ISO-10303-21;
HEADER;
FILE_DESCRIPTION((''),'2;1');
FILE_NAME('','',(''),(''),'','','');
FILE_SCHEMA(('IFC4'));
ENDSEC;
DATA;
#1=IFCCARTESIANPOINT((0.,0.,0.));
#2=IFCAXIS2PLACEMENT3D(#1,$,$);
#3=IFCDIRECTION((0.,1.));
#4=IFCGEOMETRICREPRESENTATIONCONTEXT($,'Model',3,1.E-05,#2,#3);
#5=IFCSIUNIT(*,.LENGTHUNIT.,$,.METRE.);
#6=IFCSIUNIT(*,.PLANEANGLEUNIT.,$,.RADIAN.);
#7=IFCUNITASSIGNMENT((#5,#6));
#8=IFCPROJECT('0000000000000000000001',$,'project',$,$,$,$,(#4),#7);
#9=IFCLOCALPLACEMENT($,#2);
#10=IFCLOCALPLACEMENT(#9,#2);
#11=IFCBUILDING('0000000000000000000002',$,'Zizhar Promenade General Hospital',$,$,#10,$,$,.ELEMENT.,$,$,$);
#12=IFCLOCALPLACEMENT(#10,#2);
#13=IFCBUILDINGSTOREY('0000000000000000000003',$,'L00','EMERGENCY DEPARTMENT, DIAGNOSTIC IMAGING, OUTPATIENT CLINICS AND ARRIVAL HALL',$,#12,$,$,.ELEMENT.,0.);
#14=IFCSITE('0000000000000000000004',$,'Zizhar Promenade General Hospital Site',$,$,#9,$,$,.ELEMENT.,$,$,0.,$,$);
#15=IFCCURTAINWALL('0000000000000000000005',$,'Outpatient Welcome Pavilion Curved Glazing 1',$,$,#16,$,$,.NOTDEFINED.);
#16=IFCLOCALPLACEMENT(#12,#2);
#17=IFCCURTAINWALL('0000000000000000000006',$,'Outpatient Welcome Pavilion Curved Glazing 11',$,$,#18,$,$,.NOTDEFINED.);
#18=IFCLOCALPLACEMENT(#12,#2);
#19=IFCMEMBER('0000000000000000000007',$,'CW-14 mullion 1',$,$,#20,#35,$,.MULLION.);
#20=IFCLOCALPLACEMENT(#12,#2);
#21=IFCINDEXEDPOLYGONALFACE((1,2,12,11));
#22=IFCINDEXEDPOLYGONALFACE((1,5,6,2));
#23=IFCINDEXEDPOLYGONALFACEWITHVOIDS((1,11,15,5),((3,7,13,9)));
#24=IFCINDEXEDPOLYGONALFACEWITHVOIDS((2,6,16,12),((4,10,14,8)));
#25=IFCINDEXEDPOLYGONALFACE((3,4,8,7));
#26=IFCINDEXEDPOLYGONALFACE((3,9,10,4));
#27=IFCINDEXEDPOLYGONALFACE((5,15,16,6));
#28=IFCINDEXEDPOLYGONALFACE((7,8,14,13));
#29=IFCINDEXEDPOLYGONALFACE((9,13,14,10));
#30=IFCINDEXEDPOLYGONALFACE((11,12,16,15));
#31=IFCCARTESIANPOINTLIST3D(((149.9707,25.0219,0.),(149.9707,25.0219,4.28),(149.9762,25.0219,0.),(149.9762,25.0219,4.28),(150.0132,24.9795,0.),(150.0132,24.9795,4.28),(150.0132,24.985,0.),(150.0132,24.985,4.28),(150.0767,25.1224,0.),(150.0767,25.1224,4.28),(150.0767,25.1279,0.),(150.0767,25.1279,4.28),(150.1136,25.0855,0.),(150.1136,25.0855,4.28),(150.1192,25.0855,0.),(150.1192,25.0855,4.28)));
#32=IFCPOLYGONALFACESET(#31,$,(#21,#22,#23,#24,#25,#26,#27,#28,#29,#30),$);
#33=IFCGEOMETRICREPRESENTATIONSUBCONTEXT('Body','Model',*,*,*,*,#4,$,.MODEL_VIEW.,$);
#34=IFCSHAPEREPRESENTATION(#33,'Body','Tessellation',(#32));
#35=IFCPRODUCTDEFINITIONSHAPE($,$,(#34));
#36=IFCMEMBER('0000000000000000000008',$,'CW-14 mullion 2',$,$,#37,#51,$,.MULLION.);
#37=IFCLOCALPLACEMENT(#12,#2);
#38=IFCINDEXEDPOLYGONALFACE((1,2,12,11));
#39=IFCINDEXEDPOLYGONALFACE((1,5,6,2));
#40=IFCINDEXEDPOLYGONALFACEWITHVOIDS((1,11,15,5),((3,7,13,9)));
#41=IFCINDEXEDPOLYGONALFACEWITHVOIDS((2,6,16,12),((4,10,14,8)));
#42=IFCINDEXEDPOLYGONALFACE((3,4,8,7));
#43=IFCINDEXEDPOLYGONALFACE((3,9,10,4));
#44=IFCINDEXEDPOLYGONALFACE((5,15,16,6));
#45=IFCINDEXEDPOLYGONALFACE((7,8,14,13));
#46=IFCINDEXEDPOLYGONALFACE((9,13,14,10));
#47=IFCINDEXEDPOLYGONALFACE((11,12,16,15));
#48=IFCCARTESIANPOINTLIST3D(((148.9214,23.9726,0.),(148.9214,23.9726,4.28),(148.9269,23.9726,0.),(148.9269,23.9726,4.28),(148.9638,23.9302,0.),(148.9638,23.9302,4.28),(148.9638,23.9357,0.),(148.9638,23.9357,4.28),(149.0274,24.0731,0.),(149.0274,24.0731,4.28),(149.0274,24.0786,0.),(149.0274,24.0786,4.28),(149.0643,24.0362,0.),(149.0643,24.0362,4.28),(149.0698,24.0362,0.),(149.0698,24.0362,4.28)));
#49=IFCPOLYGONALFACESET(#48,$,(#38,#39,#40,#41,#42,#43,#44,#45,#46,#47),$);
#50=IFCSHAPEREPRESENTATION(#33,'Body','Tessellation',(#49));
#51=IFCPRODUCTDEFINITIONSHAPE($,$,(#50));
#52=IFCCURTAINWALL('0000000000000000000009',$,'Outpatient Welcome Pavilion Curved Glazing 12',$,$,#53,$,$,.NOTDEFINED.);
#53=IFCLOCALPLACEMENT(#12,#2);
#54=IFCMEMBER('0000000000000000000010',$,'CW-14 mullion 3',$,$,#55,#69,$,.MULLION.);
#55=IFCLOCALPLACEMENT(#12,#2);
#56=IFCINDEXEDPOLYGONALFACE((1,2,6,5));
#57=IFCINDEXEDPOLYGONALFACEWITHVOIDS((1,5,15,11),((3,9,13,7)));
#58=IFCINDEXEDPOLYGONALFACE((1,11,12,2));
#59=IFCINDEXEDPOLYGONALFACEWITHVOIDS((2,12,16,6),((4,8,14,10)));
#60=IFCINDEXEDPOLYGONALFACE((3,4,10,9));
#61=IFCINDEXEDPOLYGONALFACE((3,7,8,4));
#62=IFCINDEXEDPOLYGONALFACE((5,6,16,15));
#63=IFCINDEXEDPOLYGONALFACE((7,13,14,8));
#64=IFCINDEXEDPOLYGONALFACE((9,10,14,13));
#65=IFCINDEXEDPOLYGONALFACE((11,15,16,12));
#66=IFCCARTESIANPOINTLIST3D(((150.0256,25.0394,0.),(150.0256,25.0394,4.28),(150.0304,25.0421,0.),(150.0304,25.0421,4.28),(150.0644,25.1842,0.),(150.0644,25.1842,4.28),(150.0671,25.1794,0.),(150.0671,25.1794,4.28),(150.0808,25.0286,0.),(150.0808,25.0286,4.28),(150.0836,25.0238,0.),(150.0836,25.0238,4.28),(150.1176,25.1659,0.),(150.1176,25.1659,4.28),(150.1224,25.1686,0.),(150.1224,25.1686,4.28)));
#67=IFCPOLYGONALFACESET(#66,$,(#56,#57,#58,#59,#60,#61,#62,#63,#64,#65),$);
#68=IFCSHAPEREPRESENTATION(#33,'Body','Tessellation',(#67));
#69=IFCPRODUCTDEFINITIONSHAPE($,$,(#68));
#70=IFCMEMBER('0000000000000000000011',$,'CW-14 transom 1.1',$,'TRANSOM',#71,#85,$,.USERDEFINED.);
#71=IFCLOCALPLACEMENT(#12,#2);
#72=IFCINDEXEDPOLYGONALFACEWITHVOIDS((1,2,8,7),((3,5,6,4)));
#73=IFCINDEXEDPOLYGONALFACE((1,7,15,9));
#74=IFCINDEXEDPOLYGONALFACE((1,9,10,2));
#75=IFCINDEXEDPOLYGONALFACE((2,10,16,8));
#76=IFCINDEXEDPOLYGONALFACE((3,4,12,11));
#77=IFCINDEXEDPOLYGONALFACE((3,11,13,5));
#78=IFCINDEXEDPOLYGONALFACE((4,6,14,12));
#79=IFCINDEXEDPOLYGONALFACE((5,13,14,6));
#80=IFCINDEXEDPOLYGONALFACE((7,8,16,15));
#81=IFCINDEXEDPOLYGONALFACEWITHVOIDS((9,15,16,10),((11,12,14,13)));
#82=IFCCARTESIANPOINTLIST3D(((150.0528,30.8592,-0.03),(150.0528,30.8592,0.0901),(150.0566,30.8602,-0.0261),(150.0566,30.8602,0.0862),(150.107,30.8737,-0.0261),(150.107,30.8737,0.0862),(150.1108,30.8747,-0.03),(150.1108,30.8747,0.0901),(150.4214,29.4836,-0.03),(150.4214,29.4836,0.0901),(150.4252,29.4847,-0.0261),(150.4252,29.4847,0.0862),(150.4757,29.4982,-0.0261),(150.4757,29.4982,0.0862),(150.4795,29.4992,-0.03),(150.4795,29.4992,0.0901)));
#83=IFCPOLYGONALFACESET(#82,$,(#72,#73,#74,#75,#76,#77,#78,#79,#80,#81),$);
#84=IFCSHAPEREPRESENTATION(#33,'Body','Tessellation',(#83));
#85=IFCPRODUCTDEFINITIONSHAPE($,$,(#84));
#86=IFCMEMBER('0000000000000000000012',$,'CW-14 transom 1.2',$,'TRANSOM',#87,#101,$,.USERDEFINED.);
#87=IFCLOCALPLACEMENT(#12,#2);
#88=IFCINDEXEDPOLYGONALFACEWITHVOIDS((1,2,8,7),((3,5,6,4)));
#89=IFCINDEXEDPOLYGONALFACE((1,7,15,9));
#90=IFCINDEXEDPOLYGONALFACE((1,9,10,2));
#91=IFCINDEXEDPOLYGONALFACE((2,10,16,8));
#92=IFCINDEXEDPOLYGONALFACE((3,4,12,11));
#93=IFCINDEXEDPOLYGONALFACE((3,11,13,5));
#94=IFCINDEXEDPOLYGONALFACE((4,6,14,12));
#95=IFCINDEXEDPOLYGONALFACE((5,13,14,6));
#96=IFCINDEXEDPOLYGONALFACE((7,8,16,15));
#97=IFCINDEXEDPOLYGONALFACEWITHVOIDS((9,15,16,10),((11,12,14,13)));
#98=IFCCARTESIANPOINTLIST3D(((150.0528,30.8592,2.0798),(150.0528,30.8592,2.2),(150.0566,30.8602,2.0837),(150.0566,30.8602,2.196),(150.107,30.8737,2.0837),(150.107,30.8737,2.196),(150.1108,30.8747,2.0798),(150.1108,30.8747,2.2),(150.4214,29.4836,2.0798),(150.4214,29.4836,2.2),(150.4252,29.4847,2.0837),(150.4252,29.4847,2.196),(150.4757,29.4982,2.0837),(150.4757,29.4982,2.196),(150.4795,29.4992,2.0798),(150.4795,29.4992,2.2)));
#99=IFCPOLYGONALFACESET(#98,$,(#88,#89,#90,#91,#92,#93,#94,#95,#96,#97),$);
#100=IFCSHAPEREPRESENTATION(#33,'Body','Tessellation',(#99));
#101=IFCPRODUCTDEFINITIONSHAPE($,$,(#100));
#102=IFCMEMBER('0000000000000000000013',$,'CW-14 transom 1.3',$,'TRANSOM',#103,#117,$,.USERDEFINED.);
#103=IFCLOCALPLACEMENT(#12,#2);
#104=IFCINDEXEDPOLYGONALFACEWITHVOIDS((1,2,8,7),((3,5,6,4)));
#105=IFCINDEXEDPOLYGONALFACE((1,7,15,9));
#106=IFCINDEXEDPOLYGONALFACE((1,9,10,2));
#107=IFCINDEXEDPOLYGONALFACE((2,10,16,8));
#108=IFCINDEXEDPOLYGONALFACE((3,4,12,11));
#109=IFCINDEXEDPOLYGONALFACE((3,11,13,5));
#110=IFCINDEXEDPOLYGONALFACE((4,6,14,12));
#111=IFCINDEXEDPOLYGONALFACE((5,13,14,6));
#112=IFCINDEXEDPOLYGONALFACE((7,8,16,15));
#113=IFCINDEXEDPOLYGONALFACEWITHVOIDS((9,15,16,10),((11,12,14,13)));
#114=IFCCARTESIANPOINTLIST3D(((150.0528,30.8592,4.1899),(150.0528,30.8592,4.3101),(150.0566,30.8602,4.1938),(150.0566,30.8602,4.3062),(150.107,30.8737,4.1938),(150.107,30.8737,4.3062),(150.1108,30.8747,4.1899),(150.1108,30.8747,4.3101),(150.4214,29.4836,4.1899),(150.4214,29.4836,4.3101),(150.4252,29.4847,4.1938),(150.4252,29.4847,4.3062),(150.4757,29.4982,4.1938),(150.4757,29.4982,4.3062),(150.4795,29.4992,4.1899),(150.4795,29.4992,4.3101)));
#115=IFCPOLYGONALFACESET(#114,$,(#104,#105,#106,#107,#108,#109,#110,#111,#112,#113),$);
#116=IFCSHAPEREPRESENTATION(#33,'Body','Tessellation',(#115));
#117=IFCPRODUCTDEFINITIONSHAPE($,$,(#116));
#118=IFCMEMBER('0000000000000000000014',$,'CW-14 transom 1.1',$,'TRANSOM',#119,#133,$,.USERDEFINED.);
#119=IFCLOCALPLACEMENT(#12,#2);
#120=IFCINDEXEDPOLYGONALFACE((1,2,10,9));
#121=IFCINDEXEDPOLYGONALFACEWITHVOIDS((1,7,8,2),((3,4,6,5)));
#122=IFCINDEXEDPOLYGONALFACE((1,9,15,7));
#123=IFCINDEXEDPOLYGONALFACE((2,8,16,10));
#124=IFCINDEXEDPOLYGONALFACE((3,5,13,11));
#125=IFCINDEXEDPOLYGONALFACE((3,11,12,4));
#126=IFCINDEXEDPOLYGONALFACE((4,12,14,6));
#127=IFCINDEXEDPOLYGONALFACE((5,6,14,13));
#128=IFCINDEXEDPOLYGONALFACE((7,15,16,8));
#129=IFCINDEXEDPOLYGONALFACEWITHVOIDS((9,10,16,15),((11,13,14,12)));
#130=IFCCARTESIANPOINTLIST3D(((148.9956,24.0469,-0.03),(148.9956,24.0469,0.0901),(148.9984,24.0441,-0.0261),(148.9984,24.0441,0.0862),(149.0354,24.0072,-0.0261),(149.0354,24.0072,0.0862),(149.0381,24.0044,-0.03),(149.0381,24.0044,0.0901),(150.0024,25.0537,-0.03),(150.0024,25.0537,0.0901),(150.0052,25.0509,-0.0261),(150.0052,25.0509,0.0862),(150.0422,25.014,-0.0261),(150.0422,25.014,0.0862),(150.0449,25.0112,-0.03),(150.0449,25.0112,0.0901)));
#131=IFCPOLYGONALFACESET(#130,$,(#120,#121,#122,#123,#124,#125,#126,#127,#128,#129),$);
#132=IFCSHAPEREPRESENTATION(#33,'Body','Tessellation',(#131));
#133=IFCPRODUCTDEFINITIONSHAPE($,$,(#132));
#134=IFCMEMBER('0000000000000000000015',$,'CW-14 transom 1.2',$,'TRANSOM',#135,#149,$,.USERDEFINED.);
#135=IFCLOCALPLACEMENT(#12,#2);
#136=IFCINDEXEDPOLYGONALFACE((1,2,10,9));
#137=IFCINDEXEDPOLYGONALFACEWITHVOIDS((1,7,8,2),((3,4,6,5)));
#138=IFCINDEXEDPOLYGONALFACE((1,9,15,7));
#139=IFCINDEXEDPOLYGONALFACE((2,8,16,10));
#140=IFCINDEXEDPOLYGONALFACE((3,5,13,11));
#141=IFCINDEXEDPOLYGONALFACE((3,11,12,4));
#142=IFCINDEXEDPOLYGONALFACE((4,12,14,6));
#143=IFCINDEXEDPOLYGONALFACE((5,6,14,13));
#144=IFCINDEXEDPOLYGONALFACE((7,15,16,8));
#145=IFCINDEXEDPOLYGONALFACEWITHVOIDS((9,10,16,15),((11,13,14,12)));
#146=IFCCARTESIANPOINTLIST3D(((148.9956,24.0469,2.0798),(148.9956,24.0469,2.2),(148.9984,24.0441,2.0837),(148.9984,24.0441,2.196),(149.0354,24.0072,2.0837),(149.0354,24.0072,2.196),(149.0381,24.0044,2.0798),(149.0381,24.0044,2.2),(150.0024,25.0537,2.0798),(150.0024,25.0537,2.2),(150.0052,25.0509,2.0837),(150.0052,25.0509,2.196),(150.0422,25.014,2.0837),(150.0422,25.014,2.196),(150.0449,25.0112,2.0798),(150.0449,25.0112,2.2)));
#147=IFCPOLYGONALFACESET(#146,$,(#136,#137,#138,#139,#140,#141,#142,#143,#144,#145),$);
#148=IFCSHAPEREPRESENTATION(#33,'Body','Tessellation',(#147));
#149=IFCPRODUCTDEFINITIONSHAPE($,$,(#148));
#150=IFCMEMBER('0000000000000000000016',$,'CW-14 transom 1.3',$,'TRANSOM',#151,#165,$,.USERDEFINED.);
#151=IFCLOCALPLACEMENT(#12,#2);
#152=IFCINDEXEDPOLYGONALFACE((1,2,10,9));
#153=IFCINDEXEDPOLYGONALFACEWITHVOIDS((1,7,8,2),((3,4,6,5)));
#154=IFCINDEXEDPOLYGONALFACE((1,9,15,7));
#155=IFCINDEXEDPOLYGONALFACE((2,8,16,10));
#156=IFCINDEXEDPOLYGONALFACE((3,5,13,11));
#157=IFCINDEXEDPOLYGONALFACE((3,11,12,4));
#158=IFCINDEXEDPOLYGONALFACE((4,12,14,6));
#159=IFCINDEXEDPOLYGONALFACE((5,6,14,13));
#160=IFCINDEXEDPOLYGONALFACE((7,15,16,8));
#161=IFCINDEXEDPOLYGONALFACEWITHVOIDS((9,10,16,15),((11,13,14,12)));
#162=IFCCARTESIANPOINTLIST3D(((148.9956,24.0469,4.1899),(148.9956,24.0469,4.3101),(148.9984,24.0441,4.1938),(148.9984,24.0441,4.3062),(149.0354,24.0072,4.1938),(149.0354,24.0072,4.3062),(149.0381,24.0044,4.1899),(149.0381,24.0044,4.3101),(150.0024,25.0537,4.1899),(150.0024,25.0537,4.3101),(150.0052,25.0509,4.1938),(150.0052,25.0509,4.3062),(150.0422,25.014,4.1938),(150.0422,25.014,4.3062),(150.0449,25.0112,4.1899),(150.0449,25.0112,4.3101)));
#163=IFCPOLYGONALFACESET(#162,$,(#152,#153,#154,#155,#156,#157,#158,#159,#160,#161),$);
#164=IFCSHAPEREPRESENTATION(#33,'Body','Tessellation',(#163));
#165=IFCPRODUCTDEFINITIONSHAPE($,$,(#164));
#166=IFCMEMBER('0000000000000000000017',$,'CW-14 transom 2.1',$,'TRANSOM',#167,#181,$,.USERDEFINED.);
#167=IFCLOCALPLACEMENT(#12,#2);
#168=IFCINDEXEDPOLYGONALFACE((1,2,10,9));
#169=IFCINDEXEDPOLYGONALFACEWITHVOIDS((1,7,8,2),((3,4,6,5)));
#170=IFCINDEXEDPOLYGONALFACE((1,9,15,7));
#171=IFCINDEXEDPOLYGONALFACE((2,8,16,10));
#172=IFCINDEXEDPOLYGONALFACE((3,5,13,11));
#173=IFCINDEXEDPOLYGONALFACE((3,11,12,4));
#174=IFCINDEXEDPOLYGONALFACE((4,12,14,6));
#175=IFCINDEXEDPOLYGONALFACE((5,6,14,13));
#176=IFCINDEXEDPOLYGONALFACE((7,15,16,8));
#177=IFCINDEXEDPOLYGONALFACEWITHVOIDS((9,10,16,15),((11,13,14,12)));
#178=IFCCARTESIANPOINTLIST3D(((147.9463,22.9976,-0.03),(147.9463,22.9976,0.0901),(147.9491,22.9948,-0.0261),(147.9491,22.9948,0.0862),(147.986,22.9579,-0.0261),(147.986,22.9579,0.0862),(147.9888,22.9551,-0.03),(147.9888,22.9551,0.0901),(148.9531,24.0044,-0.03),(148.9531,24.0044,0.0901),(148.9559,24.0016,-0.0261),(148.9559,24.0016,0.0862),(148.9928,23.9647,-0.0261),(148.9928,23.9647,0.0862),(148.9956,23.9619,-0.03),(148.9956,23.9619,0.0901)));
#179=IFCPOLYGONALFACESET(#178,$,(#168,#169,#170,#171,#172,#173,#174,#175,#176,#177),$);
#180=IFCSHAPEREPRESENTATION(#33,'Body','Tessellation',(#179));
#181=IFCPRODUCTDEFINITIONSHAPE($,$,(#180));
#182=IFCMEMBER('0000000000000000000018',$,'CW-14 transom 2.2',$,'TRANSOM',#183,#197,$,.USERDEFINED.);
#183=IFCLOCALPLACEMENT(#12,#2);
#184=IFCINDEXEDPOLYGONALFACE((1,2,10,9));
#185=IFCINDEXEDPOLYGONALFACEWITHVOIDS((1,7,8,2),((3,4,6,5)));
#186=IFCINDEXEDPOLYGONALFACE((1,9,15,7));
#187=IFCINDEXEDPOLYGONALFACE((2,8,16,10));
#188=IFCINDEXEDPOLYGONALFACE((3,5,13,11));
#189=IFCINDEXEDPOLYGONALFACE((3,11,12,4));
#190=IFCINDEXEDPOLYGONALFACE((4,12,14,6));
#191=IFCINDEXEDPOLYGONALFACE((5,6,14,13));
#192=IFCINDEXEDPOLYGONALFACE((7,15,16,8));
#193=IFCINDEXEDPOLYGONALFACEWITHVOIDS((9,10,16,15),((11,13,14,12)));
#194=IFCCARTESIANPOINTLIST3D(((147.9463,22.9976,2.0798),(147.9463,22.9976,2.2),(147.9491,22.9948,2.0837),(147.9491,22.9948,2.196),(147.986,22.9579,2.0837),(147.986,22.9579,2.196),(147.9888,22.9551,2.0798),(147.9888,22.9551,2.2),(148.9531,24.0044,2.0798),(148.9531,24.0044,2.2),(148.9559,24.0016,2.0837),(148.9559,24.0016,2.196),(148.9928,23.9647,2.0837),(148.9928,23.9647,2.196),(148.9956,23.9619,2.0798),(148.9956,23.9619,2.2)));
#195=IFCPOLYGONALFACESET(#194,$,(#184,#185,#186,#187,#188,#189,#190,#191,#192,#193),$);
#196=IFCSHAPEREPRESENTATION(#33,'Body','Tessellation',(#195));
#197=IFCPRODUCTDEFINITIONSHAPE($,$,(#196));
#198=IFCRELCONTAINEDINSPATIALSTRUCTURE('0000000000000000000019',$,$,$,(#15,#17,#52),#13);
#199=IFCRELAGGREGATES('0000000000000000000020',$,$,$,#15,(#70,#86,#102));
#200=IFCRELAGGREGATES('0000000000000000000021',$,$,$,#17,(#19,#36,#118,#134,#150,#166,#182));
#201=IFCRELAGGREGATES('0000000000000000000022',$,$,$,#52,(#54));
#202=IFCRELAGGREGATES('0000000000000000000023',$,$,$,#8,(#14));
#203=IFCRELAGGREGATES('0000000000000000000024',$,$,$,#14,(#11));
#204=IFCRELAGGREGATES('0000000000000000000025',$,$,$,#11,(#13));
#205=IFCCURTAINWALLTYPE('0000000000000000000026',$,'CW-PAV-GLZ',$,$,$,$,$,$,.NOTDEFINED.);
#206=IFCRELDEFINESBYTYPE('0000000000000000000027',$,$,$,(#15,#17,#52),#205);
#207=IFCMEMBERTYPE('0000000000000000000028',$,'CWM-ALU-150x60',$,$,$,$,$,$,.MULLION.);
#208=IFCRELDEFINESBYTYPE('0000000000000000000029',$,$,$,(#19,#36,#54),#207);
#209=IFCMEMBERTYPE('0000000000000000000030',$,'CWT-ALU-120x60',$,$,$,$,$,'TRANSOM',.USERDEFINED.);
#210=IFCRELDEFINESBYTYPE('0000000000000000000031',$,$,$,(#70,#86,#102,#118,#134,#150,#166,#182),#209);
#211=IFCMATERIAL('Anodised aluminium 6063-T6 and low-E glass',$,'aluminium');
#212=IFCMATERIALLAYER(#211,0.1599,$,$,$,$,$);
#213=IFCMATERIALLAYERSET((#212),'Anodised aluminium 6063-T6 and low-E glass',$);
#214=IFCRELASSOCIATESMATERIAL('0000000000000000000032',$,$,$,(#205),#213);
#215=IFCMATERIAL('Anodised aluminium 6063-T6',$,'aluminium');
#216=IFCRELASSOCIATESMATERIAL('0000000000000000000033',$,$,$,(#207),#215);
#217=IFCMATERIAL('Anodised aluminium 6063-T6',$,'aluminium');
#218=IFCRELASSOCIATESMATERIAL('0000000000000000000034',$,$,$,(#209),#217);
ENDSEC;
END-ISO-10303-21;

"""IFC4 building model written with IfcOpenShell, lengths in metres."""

from ifc_helpers import new_model, si_unit, direction, frame, origin, origin_2d, place, context, subcontext, project, spatial, hollow_rectangle, extrude, material, layer, layer_set, material_profile, profile_set, type_object, element, aggregate, save


model = new_model("IFC4")

# Units and contexts
model_context = context("Model", 3, precision=1e-05, world=origin(), true_north=direction((0.0, 1.0)))
body_context = subcontext(model_context, "Body", "Model", "MODEL_VIEW")
ifc_project = project(units=[si_unit("LENGTHUNIT", "METRE"), si_unit("PLANEANGLEUNIT", "RADIAN")], contexts=[model_context])

# Site, building, storey
site_placement = place(None, origin())
site = spatial("IfcSite", under=ifc_project, at=site_placement, Name="Zizhar Promenade General Hospital Site", CompositionType="ELEMENT", RefElevation=0.0)
building_placement = place(site_placement, origin())
building = spatial("IfcBuilding", under=site, at=building_placement, Name="Zizhar Promenade General Hospital", CompositionType="ELEMENT")
storey_placement = place(building_placement, origin())
storey = spatial("IfcBuildingStorey", under=building, at=storey_placement, Name="L00", Description="EMERGENCY DEPARTMENT, DIAGNOSTIC IMAGING, OUTPATIENT CLINICS AND ARRIVAL HALL", CompositionType="ELEMENT", Elevation=0.0)

# Curtain wall
ifc_material_1 = material(Name="Anodised aluminium 6063-T6 and low-E glass", Category="aluminium")
ifc_layer_1 = layer(ifc_material_1, 0.1599)
ifc_layer_set_1 = layer_set([ifc_layer_1], Name="Anodised aluminium 6063-T6 and low-E glass")
curtain_wall_type = type_object("IfcCurtainWallType", Name="CW-PAV-GLZ", PredefinedType="NOTDEFINED", material=ifc_layer_set_1)
curtain_wall_1_placement = place(storey_placement, origin())
curtain_wall_1 = element("IfcCurtainWall", 1, at=curtain_wall_1_placement, inside=storey, type_object=curtain_wall_type, Name="Outpatient Welcome Pavilion Curved Glazing 1", PredefinedType="NOTDEFINED")
ifc_material_2 = material(Name="Anodised aluminium 6063-T6", Category="aluminium")
ifc_material_profile_1 = material_profile(ifc_material_2, hollow_rectangle(XDim=0.0601, YDim=0.1499, WallThickness=0.0039, at=origin_2d()))
ifc_profile_set_1 = profile_set([ifc_material_profile_1], Name="Anodised aluminium 6063-T6")
member_type_1 = type_object("IfcMemberType", Name="CWM-ALU-150x60", PredefinedType="MULLION", material=ifc_profile_set_1)

# Curtain wall, members
curtain_wall_2_placement = place(storey_placement, origin())
curtain_wall_2 = element("IfcCurtainWall", 2, at=curtain_wall_2_placement, inside=storey, type_object=curtain_wall_type, Name="Outpatient Welcome Pavilion Curved Glazing 11", PredefinedType="NOTDEFINED")
member_1_placement = place(storey_placement, frame((150.0449, 25.0537, 0.0), z_axis=(0.0, 0.0, 1.0), x_axis=(0.707107, -0.707107, 0.0)))
member_1 = element("IfcMember", 3, at=member_1_placement, type_object=member_type_1, Name="CW-14 mullion 1", PredefinedType="MULLION", context=body_context, shape_type="SweptSolid", body=[
    extrude(hollow_rectangle(XDim=0.0601, YDim=0.1499, WallThickness=0.0039, at=origin_2d()), origin(), (0.0, 0.0, 1.0), 4.28),
])
member_2_placement = place(storey_placement, frame((148.9956, 24.0044, 0.0), z_axis=(0.0, 0.0, 1.0), x_axis=(0.707107, -0.707107, 0.0)))
member_2 = element("IfcMember", 4, at=member_2_placement, type_object=member_type_1, Name="CW-14 mullion 2", PredefinedType="MULLION", context=body_context, shape_type="SweptSolid", body=[
    extrude(hollow_rectangle(XDim=0.0601, YDim=0.1499, WallThickness=0.0039, at=origin_2d()), origin(), (0.0, 0.0, 1.0), 4.28),
])

# Curtain wall, member
curtain_wall_3_placement = place(storey_placement, origin())
curtain_wall_3 = element("IfcCurtainWall", 5, at=curtain_wall_3_placement, inside=storey, type_object=curtain_wall_type, Name="Outpatient Welcome Pavilion Curved Glazing 12", PredefinedType="NOTDEFINED")
member_3_placement = place(storey_placement, frame((150.074, 25.104, 0.0), z_axis=(0.0, 0.0, 1.0), x_axis=(0.965922, -0.258834, 0.0)))
member_3 = element("IfcMember", 6, at=member_3_placement, type_object=member_type_1, Name="CW-14 mullion 3", PredefinedType="MULLION", context=body_context, shape_type="SweptSolid", body=[
    extrude(hollow_rectangle(XDim=0.0601, YDim=0.1499, WallThickness=0.0039, at=origin_2d()), origin(), (0.0, 0.0, 1.0), 4.28),
])

# Members
ifc_material_3 = material(Name="Anodised aluminium 6063-T6", Category="aluminium")
ifc_material_profile_2 = material_profile(ifc_material_3, hollow_rectangle(XDim=0.0601, YDim=0.1201, WallThickness=0.0039, at=origin_2d()))
ifc_profile_set_2 = profile_set([ifc_material_profile_2], Name="Anodised aluminium 6063-T6")
member_type_2 = type_object("IfcMemberType", Name="CWT-ALU-120x60", ElementType="TRANSOM", PredefinedType="USERDEFINED", material=ifc_profile_set_2)
member_4_placement = place(storey_placement, frame((150.0818, 30.8669, 0.03), z_axis=(0.258879, -0.96591, 0.0), x_axis=(0.96591, 0.258879, 0.0)))
member_4 = element("IfcMember", 7, at=member_4_placement, type_object=member_type_2, Name="CW-14 transom 1.1", ObjectType="TRANSOM", PredefinedType="USERDEFINED", context=body_context, shape_type="SweptSolid", body=[
    extrude(hollow_rectangle(XDim=0.0601, YDim=0.1201, WallThickness=0.0039, at=origin_2d()), origin(), (0.0, 0.0, 1.0), 1.4241),
])
member_5_placement = place(storey_placement, frame((150.0818, 30.8669, 2.1399), z_axis=(0.258879, -0.96591, 0.0), x_axis=(0.96591, 0.258879, 0.0)))
member_5 = element("IfcMember", 8, at=member_5_placement, type_object=member_type_2, Name="CW-14 transom 1.2", ObjectType="TRANSOM", PredefinedType="USERDEFINED", context=body_context, shape_type="SweptSolid", body=[
    extrude(hollow_rectangle(XDim=0.0601, YDim=0.1201, WallThickness=0.0039, at=origin_2d()), origin(), (0.0, 0.0, 1.0), 1.4241),
])
member_6_placement = place(storey_placement, frame((150.0818, 30.8669, 4.25), z_axis=(0.258879, -0.96591, 0.0), x_axis=(0.96591, 0.258879, 0.0)))
member_6 = element("IfcMember", 9, at=member_6_placement, type_object=member_type_2, Name="CW-14 transom 1.3", ObjectType="TRANSOM", PredefinedType="USERDEFINED", context=body_context, shape_type="SweptSolid", body=[
    extrude(hollow_rectangle(XDim=0.0601, YDim=0.1201, WallThickness=0.0039, at=origin_2d()), origin(), (0.0, 0.0, 1.0), 1.4241),
])
member_7_placement = place(storey_placement, frame((150.0237, 25.0325, 0.03), z_axis=(-0.707107, -0.707107, 0.0), x_axis=(0.707107, -0.707107, 0.0)))
member_7 = element("IfcMember", 10, at=member_7_placement, type_object=member_type_2, Name="CW-14 transom 1.1", ObjectType="TRANSOM", PredefinedType="USERDEFINED", context=body_context, shape_type="SweptSolid", body=[
    extrude(hollow_rectangle(XDim=0.0601, YDim=0.1201, WallThickness=0.0039, at=origin_2d()), origin(), (0.0, 0.0, 1.0), 1.4238),
])
member_8_placement = place(storey_placement, frame((150.0237, 25.0325, 2.1399), z_axis=(-0.707107, -0.707107, 0.0), x_axis=(0.707107, -0.707107, 0.0)))
member_8 = element("IfcMember", 11, at=member_8_placement, type_object=member_type_2, Name="CW-14 transom 1.2", ObjectType="TRANSOM", PredefinedType="USERDEFINED", context=body_context, shape_type="SweptSolid", body=[
    extrude(hollow_rectangle(XDim=0.0601, YDim=0.1201, WallThickness=0.0039, at=origin_2d()), origin(), (0.0, 0.0, 1.0), 1.4238),
])
member_9_placement = place(storey_placement, frame((150.0237, 25.0325, 4.25), z_axis=(-0.707107, -0.707107, 0.0), x_axis=(0.707107, -0.707107, 0.0)))
member_9 = element("IfcMember", 12, at=member_9_placement, type_object=member_type_2, Name="CW-14 transom 1.3", ObjectType="TRANSOM", PredefinedType="USERDEFINED", context=body_context, shape_type="SweptSolid", body=[
    extrude(hollow_rectangle(XDim=0.0601, YDim=0.1201, WallThickness=0.0039, at=origin_2d()), origin(), (0.0, 0.0, 1.0), 1.4238),
])
member_10_placement = place(storey_placement, frame((148.9744, 23.9832, 0.03), z_axis=(-0.707107, -0.707107, 0.0), x_axis=(0.707107, -0.707107, 0.0)))
member_10 = element("IfcMember", 13, at=member_10_placement, type_object=member_type_2, Name="CW-14 transom 2.1", ObjectType="TRANSOM", PredefinedType="USERDEFINED", context=body_context, shape_type="SweptSolid", body=[
    extrude(hollow_rectangle(XDim=0.0601, YDim=0.1201, WallThickness=0.0039, at=origin_2d()), origin(), (0.0, 0.0, 1.0), 1.4238),
])
member_11_placement = place(storey_placement, frame((148.9744, 23.9832, 2.1399), z_axis=(-0.707107, -0.707107, 0.0), x_axis=(0.707107, -0.707107, 0.0)))
member_11 = element("IfcMember", 14, at=member_11_placement, type_object=member_type_2, Name="CW-14 transom 2.2", ObjectType="TRANSOM", PredefinedType="USERDEFINED", context=body_context, shape_type="SweptSolid", body=[
    extrude(hollow_rectangle(XDim=0.0601, YDim=0.1201, WallThickness=0.0039, at=origin_2d()), origin(), (0.0, 0.0, 1.0), 1.4238),
])

aggregate(curtain_wall_1, [member_4, member_5, member_6])
aggregate(curtain_wall_2, [member_1, member_2, member_7, member_8, member_9, member_10, member_11])
aggregate(curtain_wall_3, [member_3])

save(model, "model.ifc")
